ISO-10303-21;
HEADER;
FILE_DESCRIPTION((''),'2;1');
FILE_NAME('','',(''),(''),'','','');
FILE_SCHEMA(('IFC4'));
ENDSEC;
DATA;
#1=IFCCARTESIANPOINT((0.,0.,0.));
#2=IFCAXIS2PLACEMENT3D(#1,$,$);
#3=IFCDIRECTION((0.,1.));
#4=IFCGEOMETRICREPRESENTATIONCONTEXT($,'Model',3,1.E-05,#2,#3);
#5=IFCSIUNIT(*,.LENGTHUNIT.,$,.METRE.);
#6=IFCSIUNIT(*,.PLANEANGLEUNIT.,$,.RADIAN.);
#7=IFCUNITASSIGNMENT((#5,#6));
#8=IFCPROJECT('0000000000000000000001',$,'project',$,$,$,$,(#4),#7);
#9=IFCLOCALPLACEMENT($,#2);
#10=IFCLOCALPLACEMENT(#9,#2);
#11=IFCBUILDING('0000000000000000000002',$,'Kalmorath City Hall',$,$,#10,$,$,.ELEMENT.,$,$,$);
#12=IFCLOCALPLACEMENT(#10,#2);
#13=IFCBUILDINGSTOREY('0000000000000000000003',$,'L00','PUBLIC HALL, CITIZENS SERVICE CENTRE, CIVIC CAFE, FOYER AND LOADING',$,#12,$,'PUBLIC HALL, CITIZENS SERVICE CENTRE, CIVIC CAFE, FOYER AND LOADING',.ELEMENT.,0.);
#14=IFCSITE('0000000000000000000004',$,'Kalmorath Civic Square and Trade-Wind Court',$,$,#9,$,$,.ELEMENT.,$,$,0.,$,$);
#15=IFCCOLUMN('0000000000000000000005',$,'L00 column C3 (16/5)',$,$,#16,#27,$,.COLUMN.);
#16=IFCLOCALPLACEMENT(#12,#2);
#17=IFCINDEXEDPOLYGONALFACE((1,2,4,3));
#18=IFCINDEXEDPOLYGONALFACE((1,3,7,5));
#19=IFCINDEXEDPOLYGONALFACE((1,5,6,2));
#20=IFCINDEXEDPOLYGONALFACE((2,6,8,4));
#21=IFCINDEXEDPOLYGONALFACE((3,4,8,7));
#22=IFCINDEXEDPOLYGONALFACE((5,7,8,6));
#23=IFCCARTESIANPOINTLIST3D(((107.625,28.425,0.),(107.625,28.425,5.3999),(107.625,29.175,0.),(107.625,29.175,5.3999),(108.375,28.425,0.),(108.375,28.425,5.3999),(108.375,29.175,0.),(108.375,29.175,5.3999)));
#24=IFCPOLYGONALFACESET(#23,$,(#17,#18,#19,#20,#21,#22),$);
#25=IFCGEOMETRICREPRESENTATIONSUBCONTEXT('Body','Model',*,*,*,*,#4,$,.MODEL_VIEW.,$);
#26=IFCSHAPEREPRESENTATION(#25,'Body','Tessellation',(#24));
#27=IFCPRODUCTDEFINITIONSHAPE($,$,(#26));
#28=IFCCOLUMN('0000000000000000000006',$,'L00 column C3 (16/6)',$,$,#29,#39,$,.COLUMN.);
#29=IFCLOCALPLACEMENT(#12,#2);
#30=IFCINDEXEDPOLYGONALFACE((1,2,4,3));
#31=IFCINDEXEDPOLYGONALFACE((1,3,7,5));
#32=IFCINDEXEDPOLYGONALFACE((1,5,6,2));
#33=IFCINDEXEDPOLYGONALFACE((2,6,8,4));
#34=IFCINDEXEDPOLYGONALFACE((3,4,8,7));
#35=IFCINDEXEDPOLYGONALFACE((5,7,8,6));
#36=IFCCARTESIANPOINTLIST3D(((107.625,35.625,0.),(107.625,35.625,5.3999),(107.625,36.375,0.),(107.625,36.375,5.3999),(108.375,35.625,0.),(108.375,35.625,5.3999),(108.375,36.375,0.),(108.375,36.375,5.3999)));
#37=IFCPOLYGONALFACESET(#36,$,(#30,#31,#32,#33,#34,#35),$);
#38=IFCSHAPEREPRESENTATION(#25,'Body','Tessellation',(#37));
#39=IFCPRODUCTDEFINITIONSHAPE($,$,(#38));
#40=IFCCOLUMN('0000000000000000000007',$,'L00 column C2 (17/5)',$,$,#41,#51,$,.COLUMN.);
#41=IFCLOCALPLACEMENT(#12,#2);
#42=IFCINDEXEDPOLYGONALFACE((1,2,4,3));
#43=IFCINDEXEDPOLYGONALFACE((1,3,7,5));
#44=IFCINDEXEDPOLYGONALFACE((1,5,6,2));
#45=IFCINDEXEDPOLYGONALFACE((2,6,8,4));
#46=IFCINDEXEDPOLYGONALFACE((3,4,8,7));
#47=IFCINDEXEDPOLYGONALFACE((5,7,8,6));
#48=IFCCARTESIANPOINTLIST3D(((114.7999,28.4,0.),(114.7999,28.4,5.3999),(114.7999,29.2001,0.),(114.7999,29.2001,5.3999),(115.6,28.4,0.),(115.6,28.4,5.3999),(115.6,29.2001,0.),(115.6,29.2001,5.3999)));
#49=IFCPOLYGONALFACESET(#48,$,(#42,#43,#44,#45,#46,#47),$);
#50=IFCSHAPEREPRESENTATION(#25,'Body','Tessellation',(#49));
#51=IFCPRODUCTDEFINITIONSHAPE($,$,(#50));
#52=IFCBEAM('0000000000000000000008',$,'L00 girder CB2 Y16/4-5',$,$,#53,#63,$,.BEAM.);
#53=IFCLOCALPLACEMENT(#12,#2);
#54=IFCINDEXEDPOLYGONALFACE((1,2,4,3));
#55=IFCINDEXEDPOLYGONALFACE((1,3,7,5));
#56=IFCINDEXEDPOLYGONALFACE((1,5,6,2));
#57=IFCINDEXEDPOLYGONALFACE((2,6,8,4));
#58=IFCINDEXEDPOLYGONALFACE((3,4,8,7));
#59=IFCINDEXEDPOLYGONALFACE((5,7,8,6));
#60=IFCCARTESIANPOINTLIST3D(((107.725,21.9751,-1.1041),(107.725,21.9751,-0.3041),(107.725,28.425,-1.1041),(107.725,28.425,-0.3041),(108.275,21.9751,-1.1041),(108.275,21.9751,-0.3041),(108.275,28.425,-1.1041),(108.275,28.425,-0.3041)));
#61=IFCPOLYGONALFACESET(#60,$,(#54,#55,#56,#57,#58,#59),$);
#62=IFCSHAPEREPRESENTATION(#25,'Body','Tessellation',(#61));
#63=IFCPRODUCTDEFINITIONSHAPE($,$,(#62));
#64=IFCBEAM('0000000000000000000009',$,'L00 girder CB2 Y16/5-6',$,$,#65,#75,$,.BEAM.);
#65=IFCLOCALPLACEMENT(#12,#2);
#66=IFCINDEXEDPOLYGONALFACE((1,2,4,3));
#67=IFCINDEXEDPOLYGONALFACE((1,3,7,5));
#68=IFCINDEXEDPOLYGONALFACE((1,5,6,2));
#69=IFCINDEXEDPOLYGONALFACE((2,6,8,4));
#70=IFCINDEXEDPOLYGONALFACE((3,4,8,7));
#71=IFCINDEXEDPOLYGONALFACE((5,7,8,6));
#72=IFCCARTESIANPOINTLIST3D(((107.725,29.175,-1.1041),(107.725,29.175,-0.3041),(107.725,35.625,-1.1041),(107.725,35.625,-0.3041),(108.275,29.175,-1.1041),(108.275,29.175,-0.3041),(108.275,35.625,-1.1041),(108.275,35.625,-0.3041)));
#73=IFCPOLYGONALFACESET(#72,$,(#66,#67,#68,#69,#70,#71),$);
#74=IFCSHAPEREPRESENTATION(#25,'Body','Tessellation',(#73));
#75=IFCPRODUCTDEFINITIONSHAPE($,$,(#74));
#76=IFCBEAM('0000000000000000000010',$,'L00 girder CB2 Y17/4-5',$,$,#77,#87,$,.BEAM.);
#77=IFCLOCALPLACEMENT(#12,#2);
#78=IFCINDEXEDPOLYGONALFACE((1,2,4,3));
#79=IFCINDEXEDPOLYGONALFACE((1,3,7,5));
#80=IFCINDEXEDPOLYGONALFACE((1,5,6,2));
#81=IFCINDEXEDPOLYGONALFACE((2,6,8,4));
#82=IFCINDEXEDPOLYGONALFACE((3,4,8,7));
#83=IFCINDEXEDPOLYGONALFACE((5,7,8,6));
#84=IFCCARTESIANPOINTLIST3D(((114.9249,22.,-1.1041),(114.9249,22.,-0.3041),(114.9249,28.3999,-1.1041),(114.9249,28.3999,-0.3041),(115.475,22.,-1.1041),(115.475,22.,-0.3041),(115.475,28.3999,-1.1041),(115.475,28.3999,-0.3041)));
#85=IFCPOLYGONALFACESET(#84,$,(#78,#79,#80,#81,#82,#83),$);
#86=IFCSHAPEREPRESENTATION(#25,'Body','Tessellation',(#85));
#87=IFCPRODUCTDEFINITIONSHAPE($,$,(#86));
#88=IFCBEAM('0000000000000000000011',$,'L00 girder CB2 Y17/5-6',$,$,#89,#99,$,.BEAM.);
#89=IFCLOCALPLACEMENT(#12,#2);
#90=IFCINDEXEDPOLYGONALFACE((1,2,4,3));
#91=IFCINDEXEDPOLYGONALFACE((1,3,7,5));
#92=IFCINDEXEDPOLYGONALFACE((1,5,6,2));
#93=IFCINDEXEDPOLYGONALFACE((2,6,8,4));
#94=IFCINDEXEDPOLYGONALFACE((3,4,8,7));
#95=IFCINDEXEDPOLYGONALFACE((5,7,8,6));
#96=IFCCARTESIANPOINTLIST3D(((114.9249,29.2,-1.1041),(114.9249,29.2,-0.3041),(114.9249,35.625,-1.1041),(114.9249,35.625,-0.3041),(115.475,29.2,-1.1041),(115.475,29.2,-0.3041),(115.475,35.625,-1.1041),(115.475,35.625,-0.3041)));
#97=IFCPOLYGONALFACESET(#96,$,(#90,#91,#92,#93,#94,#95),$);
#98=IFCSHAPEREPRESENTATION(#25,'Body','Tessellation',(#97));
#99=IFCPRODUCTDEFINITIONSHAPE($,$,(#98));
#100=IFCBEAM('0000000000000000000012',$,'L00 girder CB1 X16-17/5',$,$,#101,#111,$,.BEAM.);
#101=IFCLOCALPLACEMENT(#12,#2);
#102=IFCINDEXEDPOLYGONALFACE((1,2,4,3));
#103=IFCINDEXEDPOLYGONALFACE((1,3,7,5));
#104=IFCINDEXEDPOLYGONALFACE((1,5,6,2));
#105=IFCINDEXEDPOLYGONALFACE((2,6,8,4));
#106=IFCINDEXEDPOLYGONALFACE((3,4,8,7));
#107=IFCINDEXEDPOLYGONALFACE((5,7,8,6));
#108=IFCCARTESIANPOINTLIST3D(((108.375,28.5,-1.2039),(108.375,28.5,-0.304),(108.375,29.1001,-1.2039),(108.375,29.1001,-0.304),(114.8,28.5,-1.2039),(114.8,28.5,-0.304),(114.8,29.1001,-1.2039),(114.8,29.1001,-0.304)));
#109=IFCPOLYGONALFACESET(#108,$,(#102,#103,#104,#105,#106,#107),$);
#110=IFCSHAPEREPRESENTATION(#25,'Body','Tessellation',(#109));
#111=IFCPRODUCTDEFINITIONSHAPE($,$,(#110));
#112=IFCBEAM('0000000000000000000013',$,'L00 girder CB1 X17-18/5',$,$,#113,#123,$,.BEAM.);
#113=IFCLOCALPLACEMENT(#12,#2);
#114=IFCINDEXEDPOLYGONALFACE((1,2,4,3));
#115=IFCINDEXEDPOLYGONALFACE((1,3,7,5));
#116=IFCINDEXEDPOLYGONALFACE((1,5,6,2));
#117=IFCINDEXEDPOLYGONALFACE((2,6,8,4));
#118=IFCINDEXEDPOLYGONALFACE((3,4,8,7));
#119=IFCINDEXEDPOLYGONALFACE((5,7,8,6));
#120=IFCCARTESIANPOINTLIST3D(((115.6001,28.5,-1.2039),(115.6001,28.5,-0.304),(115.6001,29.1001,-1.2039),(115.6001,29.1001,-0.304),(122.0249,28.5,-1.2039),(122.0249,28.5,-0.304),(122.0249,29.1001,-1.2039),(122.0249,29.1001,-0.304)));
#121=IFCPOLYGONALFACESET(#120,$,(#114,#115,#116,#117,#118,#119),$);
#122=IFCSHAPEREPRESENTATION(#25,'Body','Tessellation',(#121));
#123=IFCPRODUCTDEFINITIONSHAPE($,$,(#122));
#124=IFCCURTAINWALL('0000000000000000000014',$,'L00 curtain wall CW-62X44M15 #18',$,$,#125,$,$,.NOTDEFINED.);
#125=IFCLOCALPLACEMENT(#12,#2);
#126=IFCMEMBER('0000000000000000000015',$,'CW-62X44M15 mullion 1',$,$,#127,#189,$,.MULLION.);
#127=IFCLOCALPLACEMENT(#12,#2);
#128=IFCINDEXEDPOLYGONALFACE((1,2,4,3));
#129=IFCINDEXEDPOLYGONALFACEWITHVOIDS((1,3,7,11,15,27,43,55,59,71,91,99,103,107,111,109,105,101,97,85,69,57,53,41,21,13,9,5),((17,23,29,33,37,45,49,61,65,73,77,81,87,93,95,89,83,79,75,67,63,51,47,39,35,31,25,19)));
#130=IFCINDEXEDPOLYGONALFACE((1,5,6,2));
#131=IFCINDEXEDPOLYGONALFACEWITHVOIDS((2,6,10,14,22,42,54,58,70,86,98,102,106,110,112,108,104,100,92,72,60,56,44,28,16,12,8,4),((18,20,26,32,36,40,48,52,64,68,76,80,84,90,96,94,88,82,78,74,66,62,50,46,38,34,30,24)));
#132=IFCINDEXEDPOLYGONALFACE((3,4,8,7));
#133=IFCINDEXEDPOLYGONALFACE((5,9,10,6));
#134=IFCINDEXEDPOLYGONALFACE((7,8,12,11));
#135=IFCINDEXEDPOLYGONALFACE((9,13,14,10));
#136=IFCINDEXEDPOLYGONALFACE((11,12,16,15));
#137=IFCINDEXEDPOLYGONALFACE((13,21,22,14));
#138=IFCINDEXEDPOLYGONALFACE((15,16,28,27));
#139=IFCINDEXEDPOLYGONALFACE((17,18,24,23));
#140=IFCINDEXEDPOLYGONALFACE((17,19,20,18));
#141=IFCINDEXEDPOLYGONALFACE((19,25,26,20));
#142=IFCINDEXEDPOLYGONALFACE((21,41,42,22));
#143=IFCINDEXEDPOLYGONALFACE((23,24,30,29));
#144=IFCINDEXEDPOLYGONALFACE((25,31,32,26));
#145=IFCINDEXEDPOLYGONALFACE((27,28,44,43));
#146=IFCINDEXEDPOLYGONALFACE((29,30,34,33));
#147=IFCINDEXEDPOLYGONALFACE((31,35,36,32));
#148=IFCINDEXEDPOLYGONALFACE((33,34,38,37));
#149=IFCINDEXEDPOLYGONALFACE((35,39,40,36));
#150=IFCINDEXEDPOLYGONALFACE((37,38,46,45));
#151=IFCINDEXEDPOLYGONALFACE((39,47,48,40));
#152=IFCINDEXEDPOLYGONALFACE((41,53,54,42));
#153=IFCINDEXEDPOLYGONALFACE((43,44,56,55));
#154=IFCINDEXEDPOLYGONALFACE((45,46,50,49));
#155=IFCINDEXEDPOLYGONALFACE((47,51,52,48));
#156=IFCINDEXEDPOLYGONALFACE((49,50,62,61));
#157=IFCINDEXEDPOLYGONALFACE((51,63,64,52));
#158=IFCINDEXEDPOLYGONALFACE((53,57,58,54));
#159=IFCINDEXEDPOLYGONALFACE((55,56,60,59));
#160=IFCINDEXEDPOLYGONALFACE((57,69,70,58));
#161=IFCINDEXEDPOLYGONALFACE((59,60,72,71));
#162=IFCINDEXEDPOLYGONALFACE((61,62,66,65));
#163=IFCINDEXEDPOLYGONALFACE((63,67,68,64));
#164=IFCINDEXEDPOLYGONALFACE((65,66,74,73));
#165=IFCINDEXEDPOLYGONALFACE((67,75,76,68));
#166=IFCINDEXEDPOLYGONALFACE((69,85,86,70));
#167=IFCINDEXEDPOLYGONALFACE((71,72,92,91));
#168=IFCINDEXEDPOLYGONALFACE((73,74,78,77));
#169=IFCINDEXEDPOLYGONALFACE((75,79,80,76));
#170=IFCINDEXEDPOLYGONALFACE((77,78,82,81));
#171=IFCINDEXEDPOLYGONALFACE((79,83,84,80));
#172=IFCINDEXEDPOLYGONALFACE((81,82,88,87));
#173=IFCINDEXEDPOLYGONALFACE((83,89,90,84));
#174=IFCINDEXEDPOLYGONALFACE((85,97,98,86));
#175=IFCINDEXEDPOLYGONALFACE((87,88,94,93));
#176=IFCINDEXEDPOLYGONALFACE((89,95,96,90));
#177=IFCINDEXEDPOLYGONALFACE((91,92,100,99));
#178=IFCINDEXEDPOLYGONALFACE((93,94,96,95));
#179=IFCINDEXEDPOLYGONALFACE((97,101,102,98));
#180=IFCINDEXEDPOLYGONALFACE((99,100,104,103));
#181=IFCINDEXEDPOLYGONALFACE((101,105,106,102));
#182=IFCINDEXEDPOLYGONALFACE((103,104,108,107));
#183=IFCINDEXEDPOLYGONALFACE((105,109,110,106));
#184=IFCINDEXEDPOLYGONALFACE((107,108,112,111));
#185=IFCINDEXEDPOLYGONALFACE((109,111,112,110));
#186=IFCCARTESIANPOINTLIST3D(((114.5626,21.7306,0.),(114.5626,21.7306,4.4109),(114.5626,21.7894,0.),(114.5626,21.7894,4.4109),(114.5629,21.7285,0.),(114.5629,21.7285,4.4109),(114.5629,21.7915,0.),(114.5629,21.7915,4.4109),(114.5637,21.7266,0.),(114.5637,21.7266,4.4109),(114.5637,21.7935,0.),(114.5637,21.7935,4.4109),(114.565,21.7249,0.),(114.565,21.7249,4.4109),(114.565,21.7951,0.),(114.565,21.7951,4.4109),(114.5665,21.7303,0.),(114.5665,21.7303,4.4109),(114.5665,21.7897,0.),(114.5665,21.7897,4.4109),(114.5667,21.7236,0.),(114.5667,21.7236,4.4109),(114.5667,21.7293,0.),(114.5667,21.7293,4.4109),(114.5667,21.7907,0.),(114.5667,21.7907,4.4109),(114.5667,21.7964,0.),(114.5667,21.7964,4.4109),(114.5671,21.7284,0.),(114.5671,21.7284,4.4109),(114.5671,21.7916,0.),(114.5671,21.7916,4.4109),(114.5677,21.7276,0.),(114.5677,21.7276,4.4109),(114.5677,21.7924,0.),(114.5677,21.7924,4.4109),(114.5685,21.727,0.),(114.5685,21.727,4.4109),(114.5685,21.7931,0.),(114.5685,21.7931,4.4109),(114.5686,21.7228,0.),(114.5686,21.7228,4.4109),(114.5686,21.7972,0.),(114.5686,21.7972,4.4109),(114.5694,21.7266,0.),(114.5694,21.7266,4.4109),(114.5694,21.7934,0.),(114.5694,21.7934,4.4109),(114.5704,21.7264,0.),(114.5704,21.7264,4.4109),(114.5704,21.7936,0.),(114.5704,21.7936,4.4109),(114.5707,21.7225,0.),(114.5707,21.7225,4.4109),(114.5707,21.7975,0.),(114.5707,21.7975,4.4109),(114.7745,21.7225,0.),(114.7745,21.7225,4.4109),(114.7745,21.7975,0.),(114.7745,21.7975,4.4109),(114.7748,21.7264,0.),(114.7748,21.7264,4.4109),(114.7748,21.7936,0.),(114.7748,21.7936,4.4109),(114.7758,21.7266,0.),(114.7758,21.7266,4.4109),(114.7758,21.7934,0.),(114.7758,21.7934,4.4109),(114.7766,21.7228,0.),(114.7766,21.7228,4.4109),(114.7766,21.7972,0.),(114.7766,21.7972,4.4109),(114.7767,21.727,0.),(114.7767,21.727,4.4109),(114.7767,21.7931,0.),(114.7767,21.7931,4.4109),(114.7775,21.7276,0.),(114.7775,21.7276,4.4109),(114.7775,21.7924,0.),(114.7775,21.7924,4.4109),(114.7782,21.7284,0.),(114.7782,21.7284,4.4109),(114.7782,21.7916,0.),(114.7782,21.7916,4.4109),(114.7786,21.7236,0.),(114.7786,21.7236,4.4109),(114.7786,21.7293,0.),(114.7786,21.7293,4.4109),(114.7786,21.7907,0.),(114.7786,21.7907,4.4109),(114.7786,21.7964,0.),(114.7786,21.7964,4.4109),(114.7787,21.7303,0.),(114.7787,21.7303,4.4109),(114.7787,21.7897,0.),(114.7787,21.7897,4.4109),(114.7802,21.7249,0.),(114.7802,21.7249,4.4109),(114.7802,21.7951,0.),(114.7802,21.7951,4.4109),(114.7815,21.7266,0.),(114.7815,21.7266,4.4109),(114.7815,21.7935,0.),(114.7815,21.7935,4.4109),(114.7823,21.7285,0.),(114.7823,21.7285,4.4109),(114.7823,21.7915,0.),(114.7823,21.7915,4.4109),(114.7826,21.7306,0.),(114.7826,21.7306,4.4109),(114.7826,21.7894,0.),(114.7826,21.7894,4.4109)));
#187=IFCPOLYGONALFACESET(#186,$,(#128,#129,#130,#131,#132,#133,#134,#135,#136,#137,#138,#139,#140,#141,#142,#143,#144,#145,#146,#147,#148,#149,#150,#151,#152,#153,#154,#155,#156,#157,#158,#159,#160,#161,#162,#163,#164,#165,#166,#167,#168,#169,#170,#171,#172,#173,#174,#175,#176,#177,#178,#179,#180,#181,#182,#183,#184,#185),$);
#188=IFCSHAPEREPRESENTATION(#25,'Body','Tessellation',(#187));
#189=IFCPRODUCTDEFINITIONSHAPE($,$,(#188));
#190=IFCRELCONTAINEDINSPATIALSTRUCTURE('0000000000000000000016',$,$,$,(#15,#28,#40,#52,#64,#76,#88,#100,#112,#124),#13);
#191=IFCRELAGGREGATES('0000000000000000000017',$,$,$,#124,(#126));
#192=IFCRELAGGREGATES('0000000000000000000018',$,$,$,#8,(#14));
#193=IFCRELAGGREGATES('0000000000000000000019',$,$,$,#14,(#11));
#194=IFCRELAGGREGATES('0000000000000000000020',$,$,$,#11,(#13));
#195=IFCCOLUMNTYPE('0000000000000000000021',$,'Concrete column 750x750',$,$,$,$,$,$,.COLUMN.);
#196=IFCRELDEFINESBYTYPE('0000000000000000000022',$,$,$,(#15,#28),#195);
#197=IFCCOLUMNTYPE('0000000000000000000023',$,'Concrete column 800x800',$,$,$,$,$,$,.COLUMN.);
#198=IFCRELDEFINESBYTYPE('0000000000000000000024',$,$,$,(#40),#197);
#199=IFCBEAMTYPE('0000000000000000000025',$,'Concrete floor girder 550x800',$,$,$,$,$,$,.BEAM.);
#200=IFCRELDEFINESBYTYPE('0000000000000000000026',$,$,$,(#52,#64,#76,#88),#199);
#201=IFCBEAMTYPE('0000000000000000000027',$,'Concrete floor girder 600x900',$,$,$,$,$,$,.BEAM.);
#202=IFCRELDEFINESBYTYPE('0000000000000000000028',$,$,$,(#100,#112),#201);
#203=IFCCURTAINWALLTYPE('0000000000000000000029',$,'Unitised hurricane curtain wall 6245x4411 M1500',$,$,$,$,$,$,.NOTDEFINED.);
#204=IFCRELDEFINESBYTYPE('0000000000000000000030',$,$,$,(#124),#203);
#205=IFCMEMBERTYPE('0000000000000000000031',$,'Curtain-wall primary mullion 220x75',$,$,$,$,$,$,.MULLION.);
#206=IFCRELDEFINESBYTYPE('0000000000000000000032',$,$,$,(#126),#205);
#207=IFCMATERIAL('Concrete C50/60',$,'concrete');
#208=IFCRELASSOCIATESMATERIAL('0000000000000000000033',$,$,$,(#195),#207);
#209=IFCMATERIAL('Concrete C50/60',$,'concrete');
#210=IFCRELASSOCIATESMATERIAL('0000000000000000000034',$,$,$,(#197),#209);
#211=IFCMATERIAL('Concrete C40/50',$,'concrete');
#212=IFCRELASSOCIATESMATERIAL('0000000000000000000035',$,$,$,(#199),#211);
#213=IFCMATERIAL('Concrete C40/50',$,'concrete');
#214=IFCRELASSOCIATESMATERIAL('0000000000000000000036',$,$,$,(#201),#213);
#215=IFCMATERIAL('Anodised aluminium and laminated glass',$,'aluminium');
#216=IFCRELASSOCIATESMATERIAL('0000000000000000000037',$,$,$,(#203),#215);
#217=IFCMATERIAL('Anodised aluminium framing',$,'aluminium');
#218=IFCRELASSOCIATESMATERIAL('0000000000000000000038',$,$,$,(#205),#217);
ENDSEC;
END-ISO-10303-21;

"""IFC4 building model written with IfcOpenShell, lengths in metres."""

from ifc_helpers import new_model, si_unit, direction, frame, origin, origin_2d, place, context, subcontext, project, spatial, rectangle, hollow_rectangle, extrude, material, material_profile, profile_set, type_object, element, aggregate, save


model = new_model("IFC4")

# Units and contexts
model_context = context("Model", 3, precision=1e-05, world=origin(), true_north=direction((0.0, 1.0)))
body_context = subcontext(model_context, "Body", "Model", "MODEL_VIEW")
ifc_project = project(units=[si_unit("LENGTHUNIT", "METRE"), si_unit("PLANEANGLEUNIT", "RADIAN")], contexts=[model_context])

# Site, building, storey
site_placement = place(None, origin())
site = spatial("IfcSite", under=ifc_project, at=site_placement, Name="Kalmorath Civic Square and Trade-Wind Court", CompositionType="ELEMENT", RefElevation=0.0)
building_placement = place(site_placement, origin())
building = spatial("IfcBuilding", under=site, at=building_placement, Name="Kalmorath City Hall", CompositionType="ELEMENT")
storey_placement = place(building_placement, origin())
storey = spatial("IfcBuildingStorey", under=building, at=storey_placement, Name="L00", Description="PUBLIC HALL, CITIZENS SERVICE CENTRE, CIVIC CAFE, FOYER AND LOADING", LongName="PUBLIC HALL, CITIZENS SERVICE CENTRE, CIVIC CAFE, FOYER AND LOADING", CompositionType="ELEMENT", Elevation=0.0)

# Columns
ifc_material_1 = material(Name="Concrete C50/60", Category="concrete")
ifc_material_profile_1 = material_profile(ifc_material_1, rectangle(XDim=0.75, YDim=0.75, at=origin_2d()), Name="RC-COL-750X750")
ifc_profile_set_1 = profile_set([ifc_material_profile_1], Name="Concrete C50/60")
column_type_1 = type_object("IfcColumnType", Name="Concrete column 750x750", PredefinedType="COLUMN", material=ifc_profile_set_1)
for number, where, z_axis, x_axis, name in (
    (1, (108.0, 28.8, 0.0), (0.0, 0.0, 1.0), (1.0, 0.0, 0.0), "L00 column C3 (16/5)"),
    (2, (108.0, 36.0, 0.0), (0.0, 0.0, 1.0), (1.0, 0.0, 0.0), "L00 column C3 (16/6)"),
):
    element("IfcColumn", number, at=place(storey_placement, frame(where, z_axis=z_axis, x_axis=x_axis)), inside=storey, type_object=column_type_1, Name=name, PredefinedType="COLUMN", context=body_context, shape_type="SweptSolid", body=[
        extrude(rectangle(XDim=0.75, YDim=0.75, at=origin_2d()), origin(), (0.0, 0.0, 1.0), 5.3999),
    ])
ifc_material_2 = material(Name="Concrete C50/60", Category="concrete")
ifc_material_profile_2 = material_profile(ifc_material_2, rectangle(XDim=0.8, YDim=0.8, at=origin_2d()), Name="RC-COL-800X800")
ifc_profile_set_2 = profile_set([ifc_material_profile_2], Name="Concrete C50/60")
column_type_2 = type_object("IfcColumnType", Name="Concrete column 800x800", PredefinedType="COLUMN", material=ifc_profile_set_2)
column_placement = place(storey_placement, frame((115.2, 28.8, 0.0), z_axis=(0.0, 0.0, 1.0), x_axis=(1.0, 0.0, 0.0)))
element("IfcColumn", 3, at=column_placement, inside=storey, type_object=column_type_2, Name="L00 column C2 (17/5)", PredefinedType="COLUMN", context=body_context, shape_type="SweptSolid", body=[
    extrude(rectangle(XDim=0.8, YDim=0.8, at=origin_2d()), origin(), (0.0, 0.0, 1.0), 5.3999),
])

# Beams
ifc_material_3 = material(Name="Concrete C40/50", Category="concrete")
ifc_material_profile_3 = material_profile(ifc_material_3, rectangle(XDim=0.55, YDim=0.8, at=origin_2d()), Name="RC-BM-550X800")
ifc_profile_set_3 = profile_set([ifc_material_profile_3], Name="Concrete C40/50")
beam_type_1 = type_object("IfcBeamType", Name="Concrete floor girder 550x800", PredefinedType="BEAM", material=ifc_profile_set_3)
for number, where, z_axis, x_axis, name in (
    (4, (108.0, 21.9751, -0.7041), (0.0, 1.0, 0.0), (-1.0, 0.0, 0.0), "L00 girder CB2 Y16/4-5"),
    (5, (108.0, 29.175, -0.7041), (0.0, 1.0, 0.0), (-1.0, 0.0, 0.0), "L00 girder CB2 Y16/5-6"),
):
    element("IfcBeam", number, at=place(storey_placement, frame(where, z_axis=z_axis, x_axis=x_axis)), inside=storey, type_object=beam_type_1, Name=name, PredefinedType="BEAM", context=body_context, shape_type="SweptSolid", body=[
        extrude(rectangle(XDim=0.55, YDim=0.8, at=origin_2d()), origin(), (0.0, 0.0, 1.0), 6.45),
    ])
beam_1_placement = place(storey_placement, frame((115.2, 22.0, -0.7041), z_axis=(0.0, 1.0, 0.0), x_axis=(-1.0, 0.0, 0.0)))
element("IfcBeam", 6, at=beam_1_placement, inside=storey, type_object=beam_type_1, Name="L00 girder CB2 Y17/4-5", PredefinedType="BEAM", context=body_context, shape_type="SweptSolid", body=[
    extrude(rectangle(XDim=0.55, YDim=0.8, at=origin_2d()), origin(), (0.0, 0.0, 1.0), 6.3999),
])
beam_2_placement = place(storey_placement, frame((115.2, 29.2, -0.7041), z_axis=(0.0, 1.0, 0.0), x_axis=(-1.0, 0.0, 0.0)))
element("IfcBeam", 7, at=beam_2_placement, inside=storey, type_object=beam_type_1, Name="L00 girder CB2 Y17/5-6", PredefinedType="BEAM", context=body_context, shape_type="SweptSolid", body=[
    extrude(rectangle(XDim=0.55, YDim=0.8, at=origin_2d()), origin(), (0.0, 0.0, 1.0), 6.425),
])
ifc_material_4 = material(Name="Concrete C40/50", Category="concrete")
ifc_material_profile_4 = material_profile(ifc_material_4, rectangle(XDim=0.6001, YDim=0.8999, at=origin_2d()), Name="RC-BM-600X900")
ifc_profile_set_4 = profile_set([ifc_material_profile_4], Name="Concrete C40/50")
beam_type_2 = type_object("IfcBeamType", Name="Concrete floor girder 600x900", PredefinedType="BEAM", material=ifc_profile_set_4)
beam_3_placement = place(storey_placement, frame((108.375, 28.8, -0.7539), z_axis=(1.0, 0.0, 0.0), x_axis=(0.0, 1.0, 0.0)))
element("IfcBeam", 8, at=beam_3_placement, inside=storey, type_object=beam_type_2, Name="L00 girder CB1 X16-17/5", PredefinedType="BEAM", context=body_context, shape_type="SweptSolid", body=[
    extrude(rectangle(XDim=0.6001, YDim=0.8999, at=origin_2d()), origin(), (0.0, 0.0, 1.0), 6.425),
])
beam_4_placement = place(storey_placement, frame((115.6001, 28.8, -0.7539), z_axis=(1.0, 0.0, 0.0), x_axis=(0.0, 1.0, 0.0)))
element("IfcBeam", 9, at=beam_4_placement, inside=storey, type_object=beam_type_2, Name="L00 girder CB1 X17-18/5", PredefinedType="BEAM", context=body_context, shape_type="SweptSolid", body=[
    extrude(rectangle(XDim=0.6001, YDim=0.8999, at=origin_2d()), origin(), (0.0, 0.0, 1.0), 6.4248),
])

# Curtain wall, member
ifc_material_5 = material(Name="Anodised aluminium and laminated glass", Category="aluminium")
curtain_wall_type = type_object("IfcCurtainWallType", Name="Unitised hurricane curtain wall 6245x4411 M1500", PredefinedType="NOTDEFINED", material=ifc_material_5)
curtain_wall_placement = place(storey_placement, origin())
curtain_wall = element("IfcCurtainWall", 10, at=curtain_wall_placement, inside=storey, type_object=curtain_wall_type, Name="L00 curtain wall CW-62X44M15 #18", PredefinedType="NOTDEFINED")
ifc_material_6 = material(Name="Anodised aluminium framing", Category="aluminium")
ifc_material_profile_5 = material_profile(ifc_material_6, hollow_rectangle(XDim=0.075, YDim=0.22, WallThickness=0.0039, InnerFilletRadius=0.0039, OuterFilletRadius=0.0081, at=origin_2d()), Name="ALU-MUL-220X75X4")
ifc_profile_set_5 = profile_set([ifc_material_profile_5], Name="Anodised aluminium framing")
member_type_1 = type_object("IfcMemberType", Name="Curtain-wall primary mullion 220x75", PredefinedType="MULLION", material=ifc_profile_set_5)
member_1_placement = place(storey_placement, frame((114.6726, 21.76, 0.0), z_axis=(0.0, 0.0, 1.0), x_axis=(0.0, -1.0, 0.0)))
member_1 = element("IfcMember", 11, at=member_1_placement, type_object=member_type_1, Name="CW-62X44M15 mullion 1", PredefinedType="MULLION", context=body_context, shape_type="SweptSolid", body=[
    extrude(hollow_rectangle(XDim=0.075, YDim=0.22, WallThickness=0.0039, InnerFilletRadius=0.0039, OuterFilletRadius=0.0081, at=origin_2d()), origin(), (0.0, 0.0, 1.0), 4.4109),
])

aggregate(curtain_wall, [member_1])

save(model, "model.ifc")
